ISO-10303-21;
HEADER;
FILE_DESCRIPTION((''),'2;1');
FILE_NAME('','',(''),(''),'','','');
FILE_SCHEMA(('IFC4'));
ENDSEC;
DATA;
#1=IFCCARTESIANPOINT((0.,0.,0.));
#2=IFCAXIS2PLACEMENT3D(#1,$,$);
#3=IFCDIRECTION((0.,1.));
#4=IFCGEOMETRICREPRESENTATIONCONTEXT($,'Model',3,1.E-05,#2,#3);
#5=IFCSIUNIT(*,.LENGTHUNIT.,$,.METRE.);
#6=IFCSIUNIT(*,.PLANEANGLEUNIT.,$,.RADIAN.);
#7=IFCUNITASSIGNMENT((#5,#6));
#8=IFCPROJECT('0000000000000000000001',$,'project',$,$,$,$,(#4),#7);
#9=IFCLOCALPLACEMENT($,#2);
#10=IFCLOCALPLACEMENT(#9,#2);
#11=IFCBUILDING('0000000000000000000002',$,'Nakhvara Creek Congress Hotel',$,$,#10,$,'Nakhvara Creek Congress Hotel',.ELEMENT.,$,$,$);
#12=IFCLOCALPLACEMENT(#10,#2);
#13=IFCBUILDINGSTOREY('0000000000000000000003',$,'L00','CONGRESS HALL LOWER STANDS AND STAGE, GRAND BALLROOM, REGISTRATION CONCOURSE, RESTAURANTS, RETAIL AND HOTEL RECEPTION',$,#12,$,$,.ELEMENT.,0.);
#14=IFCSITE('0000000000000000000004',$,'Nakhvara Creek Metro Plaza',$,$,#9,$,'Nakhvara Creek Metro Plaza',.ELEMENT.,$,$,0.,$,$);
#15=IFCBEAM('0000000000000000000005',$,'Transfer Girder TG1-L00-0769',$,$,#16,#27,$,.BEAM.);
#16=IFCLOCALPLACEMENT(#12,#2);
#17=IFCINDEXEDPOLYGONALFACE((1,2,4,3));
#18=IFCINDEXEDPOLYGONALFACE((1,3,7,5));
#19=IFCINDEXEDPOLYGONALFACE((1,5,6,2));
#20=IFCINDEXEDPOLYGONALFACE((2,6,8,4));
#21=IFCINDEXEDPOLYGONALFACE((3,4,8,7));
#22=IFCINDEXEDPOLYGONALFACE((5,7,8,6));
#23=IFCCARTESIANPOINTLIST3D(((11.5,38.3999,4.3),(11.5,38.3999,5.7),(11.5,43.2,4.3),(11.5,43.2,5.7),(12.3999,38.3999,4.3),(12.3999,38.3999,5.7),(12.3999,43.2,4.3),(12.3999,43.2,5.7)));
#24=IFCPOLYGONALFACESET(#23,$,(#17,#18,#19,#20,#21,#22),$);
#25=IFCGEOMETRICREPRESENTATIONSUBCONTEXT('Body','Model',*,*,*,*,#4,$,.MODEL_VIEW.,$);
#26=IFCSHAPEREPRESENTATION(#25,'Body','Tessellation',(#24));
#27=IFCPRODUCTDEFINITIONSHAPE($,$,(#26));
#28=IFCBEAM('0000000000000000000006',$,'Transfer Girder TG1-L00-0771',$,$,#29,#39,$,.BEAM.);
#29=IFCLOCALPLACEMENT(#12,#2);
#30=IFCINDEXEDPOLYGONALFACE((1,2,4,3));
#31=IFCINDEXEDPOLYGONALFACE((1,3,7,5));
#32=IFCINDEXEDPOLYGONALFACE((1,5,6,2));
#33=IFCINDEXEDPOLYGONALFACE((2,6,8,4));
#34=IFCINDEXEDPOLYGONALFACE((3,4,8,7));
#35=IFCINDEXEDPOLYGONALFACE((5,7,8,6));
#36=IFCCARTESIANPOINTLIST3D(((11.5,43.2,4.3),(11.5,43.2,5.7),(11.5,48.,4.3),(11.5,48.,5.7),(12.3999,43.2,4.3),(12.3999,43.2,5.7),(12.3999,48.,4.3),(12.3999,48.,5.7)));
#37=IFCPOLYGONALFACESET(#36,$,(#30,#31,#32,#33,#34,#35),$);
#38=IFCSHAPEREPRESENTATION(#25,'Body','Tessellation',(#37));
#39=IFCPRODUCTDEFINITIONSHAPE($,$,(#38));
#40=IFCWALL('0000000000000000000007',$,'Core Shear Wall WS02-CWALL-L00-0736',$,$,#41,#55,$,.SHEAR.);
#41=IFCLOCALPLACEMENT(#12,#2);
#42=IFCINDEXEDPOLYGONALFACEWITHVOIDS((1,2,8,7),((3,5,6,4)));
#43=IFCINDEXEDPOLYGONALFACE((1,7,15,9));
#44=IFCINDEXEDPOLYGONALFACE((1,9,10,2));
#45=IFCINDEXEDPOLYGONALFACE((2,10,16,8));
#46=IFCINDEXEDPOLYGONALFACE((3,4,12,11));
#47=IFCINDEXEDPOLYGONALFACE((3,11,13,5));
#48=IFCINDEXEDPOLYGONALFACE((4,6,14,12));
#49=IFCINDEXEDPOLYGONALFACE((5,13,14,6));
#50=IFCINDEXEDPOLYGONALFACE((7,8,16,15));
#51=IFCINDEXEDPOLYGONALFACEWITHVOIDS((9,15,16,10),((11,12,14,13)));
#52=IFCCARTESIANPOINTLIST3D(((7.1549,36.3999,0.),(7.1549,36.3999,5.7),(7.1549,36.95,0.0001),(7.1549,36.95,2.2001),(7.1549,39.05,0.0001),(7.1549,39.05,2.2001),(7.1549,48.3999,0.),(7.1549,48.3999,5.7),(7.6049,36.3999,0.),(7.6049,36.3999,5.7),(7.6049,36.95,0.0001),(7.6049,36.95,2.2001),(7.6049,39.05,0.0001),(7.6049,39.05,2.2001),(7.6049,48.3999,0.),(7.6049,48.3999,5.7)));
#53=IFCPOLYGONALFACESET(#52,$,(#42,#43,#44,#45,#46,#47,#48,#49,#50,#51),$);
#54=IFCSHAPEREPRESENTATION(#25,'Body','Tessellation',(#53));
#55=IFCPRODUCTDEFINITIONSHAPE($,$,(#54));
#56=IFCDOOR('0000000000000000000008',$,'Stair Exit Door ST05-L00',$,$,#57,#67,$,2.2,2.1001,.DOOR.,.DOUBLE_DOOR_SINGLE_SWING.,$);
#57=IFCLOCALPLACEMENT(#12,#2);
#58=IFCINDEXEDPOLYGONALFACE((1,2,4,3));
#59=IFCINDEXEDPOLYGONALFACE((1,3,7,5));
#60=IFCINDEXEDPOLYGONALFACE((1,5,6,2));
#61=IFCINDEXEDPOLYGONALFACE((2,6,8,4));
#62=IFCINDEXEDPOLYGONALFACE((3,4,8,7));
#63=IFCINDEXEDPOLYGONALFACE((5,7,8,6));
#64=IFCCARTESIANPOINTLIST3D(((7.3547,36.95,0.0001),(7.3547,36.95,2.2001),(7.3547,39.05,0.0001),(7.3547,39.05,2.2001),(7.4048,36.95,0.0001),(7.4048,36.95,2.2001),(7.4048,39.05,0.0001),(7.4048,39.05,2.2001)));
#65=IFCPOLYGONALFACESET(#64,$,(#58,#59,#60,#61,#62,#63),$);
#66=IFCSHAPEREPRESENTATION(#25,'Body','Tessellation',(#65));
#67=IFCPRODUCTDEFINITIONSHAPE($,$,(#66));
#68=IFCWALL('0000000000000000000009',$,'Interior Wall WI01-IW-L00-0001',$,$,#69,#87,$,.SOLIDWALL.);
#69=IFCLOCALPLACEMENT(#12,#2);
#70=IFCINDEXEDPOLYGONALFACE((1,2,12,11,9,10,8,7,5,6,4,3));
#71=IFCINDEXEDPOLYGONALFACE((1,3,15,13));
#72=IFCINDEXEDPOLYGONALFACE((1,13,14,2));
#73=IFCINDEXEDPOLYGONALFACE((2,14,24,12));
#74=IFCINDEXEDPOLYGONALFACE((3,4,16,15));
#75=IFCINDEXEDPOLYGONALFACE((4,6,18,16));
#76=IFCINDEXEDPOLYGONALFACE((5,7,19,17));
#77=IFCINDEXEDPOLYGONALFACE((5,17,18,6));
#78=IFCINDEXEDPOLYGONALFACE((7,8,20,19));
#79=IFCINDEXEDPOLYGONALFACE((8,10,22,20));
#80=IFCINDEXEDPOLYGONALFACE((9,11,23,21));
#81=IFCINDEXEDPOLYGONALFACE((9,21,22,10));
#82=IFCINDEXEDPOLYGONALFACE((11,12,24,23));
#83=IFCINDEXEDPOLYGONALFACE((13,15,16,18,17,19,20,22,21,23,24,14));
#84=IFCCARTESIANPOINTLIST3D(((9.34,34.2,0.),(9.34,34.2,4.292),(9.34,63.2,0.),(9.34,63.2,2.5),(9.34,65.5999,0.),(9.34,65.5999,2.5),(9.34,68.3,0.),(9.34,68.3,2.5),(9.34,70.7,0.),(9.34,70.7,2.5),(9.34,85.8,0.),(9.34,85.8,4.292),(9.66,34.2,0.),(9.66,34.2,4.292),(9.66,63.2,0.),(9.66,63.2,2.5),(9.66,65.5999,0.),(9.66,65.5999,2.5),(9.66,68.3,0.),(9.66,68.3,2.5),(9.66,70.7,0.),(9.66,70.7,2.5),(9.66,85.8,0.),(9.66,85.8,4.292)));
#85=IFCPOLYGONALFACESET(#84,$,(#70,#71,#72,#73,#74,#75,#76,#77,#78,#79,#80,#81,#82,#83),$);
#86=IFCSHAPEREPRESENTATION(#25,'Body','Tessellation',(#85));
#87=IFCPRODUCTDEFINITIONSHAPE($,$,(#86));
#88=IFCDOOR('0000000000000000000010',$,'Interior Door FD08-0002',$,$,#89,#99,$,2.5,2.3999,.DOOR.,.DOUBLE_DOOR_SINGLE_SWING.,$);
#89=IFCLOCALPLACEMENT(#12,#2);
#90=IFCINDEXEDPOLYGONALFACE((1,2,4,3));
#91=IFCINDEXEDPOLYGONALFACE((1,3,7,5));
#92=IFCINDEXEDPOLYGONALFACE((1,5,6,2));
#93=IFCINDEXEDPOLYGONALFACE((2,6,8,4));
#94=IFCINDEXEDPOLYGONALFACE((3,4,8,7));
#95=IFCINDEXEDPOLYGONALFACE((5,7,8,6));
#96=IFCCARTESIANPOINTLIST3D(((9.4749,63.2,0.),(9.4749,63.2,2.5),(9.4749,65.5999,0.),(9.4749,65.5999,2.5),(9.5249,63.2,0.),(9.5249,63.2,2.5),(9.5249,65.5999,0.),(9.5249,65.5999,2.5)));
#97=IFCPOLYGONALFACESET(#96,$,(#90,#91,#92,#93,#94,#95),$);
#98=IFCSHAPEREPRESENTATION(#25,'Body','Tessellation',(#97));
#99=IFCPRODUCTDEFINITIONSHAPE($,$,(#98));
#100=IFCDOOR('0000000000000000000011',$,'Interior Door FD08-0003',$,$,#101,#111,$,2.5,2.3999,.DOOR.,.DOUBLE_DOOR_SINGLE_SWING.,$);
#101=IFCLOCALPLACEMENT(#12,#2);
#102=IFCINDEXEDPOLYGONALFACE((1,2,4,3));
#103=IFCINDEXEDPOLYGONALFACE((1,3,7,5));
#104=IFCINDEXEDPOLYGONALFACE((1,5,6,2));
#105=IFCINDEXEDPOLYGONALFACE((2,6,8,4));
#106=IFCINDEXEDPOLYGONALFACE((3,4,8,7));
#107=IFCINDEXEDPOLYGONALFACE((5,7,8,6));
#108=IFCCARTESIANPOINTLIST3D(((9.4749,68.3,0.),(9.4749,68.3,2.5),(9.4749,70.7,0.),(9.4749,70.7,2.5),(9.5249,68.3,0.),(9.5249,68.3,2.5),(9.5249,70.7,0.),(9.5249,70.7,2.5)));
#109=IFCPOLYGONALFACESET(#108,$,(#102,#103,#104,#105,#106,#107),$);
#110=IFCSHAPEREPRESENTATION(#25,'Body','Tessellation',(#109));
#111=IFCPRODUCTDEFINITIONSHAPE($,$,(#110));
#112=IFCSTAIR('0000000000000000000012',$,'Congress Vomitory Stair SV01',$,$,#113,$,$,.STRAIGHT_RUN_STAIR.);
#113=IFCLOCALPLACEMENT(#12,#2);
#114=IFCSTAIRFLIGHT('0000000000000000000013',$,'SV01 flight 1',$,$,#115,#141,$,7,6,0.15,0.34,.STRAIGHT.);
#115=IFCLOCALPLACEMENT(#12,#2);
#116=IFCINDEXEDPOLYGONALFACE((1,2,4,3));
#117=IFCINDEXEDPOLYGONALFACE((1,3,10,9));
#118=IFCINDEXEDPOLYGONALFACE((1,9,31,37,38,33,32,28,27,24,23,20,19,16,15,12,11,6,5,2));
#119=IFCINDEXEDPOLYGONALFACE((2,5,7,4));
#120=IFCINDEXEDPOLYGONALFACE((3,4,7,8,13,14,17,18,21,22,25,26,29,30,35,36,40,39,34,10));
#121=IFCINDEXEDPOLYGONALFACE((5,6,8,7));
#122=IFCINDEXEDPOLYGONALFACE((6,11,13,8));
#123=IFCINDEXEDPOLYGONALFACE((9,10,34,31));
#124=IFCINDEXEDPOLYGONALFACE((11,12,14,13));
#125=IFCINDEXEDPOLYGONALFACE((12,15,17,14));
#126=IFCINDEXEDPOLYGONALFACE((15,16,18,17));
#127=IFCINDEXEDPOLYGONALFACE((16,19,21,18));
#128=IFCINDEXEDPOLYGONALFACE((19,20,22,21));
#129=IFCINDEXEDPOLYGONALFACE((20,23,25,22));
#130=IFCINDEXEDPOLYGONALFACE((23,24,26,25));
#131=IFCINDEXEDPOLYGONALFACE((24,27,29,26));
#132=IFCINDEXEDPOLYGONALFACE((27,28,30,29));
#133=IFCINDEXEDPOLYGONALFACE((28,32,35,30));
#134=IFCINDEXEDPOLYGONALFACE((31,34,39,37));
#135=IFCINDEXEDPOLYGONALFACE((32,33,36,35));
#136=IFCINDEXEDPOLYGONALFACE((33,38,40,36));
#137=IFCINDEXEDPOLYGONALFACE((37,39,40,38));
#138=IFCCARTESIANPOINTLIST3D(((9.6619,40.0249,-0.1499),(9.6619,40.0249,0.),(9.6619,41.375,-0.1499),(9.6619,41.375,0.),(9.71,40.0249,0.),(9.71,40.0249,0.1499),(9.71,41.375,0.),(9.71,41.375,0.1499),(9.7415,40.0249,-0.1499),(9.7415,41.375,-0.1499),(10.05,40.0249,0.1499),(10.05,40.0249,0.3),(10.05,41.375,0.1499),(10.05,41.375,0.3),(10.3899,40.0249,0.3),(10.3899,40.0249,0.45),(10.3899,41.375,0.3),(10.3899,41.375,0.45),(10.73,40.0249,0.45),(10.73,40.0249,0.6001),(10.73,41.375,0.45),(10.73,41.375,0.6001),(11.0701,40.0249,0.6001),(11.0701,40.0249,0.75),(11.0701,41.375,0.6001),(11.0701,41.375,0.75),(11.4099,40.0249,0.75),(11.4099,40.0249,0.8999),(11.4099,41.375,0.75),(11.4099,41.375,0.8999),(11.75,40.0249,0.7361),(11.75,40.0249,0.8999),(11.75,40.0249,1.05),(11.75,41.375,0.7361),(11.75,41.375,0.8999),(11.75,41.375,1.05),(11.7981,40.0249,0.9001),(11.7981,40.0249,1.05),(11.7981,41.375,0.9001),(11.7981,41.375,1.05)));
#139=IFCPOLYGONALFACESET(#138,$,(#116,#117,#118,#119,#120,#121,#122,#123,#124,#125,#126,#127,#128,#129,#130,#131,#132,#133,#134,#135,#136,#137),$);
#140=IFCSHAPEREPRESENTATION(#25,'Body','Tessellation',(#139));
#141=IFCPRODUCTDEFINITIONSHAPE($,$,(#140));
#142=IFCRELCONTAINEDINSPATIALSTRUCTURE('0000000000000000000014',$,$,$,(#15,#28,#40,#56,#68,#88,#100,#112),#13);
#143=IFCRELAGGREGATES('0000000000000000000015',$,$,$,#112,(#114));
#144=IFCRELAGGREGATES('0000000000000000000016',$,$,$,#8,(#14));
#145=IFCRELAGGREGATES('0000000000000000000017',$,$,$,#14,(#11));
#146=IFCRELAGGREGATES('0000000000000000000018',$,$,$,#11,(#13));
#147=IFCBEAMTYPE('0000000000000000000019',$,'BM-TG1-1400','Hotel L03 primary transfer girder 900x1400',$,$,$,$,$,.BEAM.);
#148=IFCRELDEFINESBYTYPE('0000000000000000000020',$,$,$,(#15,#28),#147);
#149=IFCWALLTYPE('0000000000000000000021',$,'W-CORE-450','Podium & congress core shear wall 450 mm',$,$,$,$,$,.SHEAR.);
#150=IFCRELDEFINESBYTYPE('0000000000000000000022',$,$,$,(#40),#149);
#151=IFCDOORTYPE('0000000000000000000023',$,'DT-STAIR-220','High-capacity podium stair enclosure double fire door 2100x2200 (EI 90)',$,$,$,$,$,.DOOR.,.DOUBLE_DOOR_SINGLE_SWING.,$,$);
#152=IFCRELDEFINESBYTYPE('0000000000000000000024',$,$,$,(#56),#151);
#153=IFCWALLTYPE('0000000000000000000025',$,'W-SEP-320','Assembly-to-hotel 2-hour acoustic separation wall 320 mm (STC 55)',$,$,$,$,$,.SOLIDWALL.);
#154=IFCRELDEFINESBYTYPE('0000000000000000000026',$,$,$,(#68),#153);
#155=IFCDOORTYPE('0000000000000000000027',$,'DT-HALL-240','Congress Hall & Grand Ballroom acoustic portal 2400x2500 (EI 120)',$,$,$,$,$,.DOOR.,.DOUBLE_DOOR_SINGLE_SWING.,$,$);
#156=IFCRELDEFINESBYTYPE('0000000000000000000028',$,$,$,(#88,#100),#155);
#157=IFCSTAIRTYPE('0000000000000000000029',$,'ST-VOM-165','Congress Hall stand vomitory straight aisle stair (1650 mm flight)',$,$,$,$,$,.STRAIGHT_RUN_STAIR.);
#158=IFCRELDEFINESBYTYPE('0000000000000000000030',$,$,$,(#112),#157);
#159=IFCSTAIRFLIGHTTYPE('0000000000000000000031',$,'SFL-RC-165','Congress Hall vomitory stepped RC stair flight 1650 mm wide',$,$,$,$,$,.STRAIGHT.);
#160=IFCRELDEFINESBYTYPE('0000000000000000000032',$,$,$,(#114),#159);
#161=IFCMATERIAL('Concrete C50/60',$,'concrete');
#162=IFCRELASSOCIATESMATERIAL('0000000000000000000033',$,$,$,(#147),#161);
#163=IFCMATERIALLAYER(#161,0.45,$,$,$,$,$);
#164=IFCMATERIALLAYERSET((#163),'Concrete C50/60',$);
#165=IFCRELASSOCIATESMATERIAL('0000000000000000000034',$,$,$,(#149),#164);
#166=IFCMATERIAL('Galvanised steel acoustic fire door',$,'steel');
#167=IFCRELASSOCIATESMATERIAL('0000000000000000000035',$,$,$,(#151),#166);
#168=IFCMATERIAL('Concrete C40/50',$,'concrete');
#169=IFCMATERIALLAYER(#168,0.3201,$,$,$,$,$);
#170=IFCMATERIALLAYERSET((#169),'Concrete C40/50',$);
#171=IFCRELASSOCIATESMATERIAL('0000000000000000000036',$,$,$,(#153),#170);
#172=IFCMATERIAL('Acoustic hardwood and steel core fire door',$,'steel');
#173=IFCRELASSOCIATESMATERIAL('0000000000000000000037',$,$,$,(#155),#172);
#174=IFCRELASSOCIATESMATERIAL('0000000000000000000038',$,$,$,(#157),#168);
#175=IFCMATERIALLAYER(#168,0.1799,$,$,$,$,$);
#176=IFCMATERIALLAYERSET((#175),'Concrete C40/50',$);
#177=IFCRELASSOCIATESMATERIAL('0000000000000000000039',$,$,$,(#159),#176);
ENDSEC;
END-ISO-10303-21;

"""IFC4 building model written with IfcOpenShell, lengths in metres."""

from ifc_helpers import new_model, si_unit, direction, frame, frame_2d, origin, origin_2d, place, context, subcontext, project, spatial, polyline, rectangle, outline, extrude, material, layer, layer_set, material_profile, profile_set, type_object, element, fill, aggregate, save


model = new_model("IFC4")

# Units and contexts
model_context = context("Model", 3, precision=1e-05, world=origin(), true_north=direction((0.0, 1.0)))
body_context = subcontext(model_context, "Body", "Model", "MODEL_VIEW")
ifc_project = project(units=[si_unit("LENGTHUNIT", "METRE"), si_unit("PLANEANGLEUNIT", "RADIAN")], contexts=[model_context])

# Site, building, storey
site_placement = place(None, origin())
site = spatial("IfcSite", under=ifc_project, at=site_placement, Name="Nakhvara Creek Metro Plaza", LongName="Nakhvara Creek Metro Plaza", CompositionType="ELEMENT", RefElevation=0.0)
building_placement = place(site_placement, origin())
building = spatial("IfcBuilding", under=site, at=building_placement, Name="Nakhvara Creek Congress Hotel", LongName="Nakhvara Creek Congress Hotel", CompositionType="ELEMENT")
storey_placement = place(building_placement, origin())
storey = spatial("IfcBuildingStorey", under=building, at=storey_placement, Name="L00", Description="CONGRESS HALL LOWER STANDS AND STAGE, GRAND BALLROOM, REGISTRATION CONCOURSE, RESTAURANTS, RETAIL AND HOTEL RECEPTION", CompositionType="ELEMENT", Elevation=0.0)

# Shared definitions
ifc_material_1 = material(Name="Concrete C50/60", Category="concrete")

# Beams
ifc_material_profile_1 = material_profile(ifc_material_1, rectangle(XDim=0.8999, YDim=1.3999, at=origin_2d()), Name="RC-TG 900x1400", Category="LoadBearing")
ifc_profile_set_1 = profile_set([ifc_material_profile_1], Name="Concrete C50/60")
beam_type_1 = type_object("IfcBeamType", Name="BM-TG1-1400", Description="Hotel L03 primary transfer girder 900x1400", PredefinedType="BEAM", material=ifc_profile_set_1)
for number, where, z_axis, x_axis, name in (
    (1, (11.95, 38.3999, 5.0), (0.0, 1.0, 0.0), (-1.0, 0.0, 0.0), "Transfer Girder TG1-L00-0769"),
    (2, (11.95, 43.2, 5.0), (0.0, 1.0, 0.0), (-1.0, 0.0, 0.0), "Transfer Girder TG1-L00-0771"),
):
    element("IfcBeam", number, at=place(storey_placement, frame(where, z_axis=z_axis, x_axis=x_axis)), inside=storey, type_object=beam_type_1, Name=name, PredefinedType="BEAM", context=body_context, shape_type="SweptSolid", body=[
        extrude(rectangle(XDim=0.8999, YDim=1.3999, at=origin_2d()), origin(), (0.0, 0.0, 1.0), 4.8),
    ])

# Wall, opening, door
ifc_layer_1 = layer(ifc_material_1, 0.45)
ifc_layer_set_1 = layer_set([ifc_layer_1], Name="Concrete C50/60")
wall_type_1 = type_object("IfcWallType", Name="W-CORE-450", Description="Podium & congress core shear wall 450 mm", PredefinedType="SHEAR", material=ifc_layer_set_1)
wall_1_placement = place(storey_placement, frame((7.3799, 36.3999, 0.0), z_axis=(0.0, 0.0, 1.0), x_axis=(0.0, 1.0, 0.0)))
wall_1 = element("IfcWall", 3, at=wall_1_placement, inside=storey, type_object=wall_type_1, Name="Core Shear Wall WS02-CWALL-L00-0736", PredefinedType="SHEAR", context=body_context, shape_type="SweptSolid", body=[
    extrude(rectangle(XDim=12.0, YDim=0.45, at=frame_2d((6.0, 0.0))), origin(), (0.0, 0.0, 1.0), 5.7),
])
opening_1_placement = place(wall_1_placement, frame((0.55, 0.0, 0.0)))
opening_1 = element("IfcOpeningElement", 4, at=opening_1_placement, cuts=wall_1, PredefinedType="OPENING", context=body_context, shape_type="SweptSolid", body=[
    extrude(rectangle(XDim=2.1001, YDim=2.2, at=frame_2d((1.05, 1.1001))), frame((0.0, 0.2368, 0.0), z_axis=(0.0, -1.0, 0.0), x_axis=(1.0, 0.0, 0.0)), (0.0, 0.0, 1.0), 0.4739),
])
ifc_material_2 = material(Name="Galvanised steel acoustic fire door", Category="steel")
door_type_1 = type_object("IfcDoorType", Name="DT-STAIR-220", Description="High-capacity podium stair enclosure double fire door 2100x2200 (EI 90)", OperationType="DOUBLE_DOOR_SINGLE_SWING", PredefinedType="DOOR", material=ifc_material_2)
door_1_placement = place(opening_1_placement, frame((2.1001, 0.0, 0.0), z_axis=(0.0, 0.0, 1.0), x_axis=(-1.0, 0.0, 0.0)))
door_1 = element("IfcDoor", 5, at=door_1_placement, inside=storey, type_object=door_type_1, Name="Stair Exit Door ST05-L00", OperationType="DOUBLE_DOOR_SINGLE_SWING", OverallHeight=2.2, OverallWidth=2.1001, PredefinedType="DOOR", context=body_context, shape_type="SweptSolid", body=[
    extrude(rectangle(XDim=2.1001, YDim=2.2, at=frame_2d((1.05, 1.1001))), frame((0.0, 0.0249, 0.0), z_axis=(0.0, -1.0, 0.0), x_axis=(1.0, 0.0, 0.0)), (0.0, 0.0, 1.0), 0.05),
])
fill(opening_1, door_1)

# Wall, openings, doors
ifc_material_3 = material(Name="Concrete C40/50", Category="concrete")
ifc_layer_2 = layer(ifc_material_3, 0.3201)
ifc_layer_set_2 = layer_set([ifc_layer_2], Name="Concrete C40/50")
wall_type_2 = type_object("IfcWallType", Name="W-SEP-320", Description="Assembly-to-hotel 2-hour acoustic separation wall 320 mm (STC 55)", PredefinedType="SOLIDWALL", material=ifc_layer_set_2)
wall_2_placement = place(storey_placement, frame((9.5, 34.2, 0.0), z_axis=(0.0, 0.0, 1.0), x_axis=(0.0, 1.0, 0.0)))
wall_2 = element("IfcWall", 6, at=wall_2_placement, inside=storey, type_object=wall_type_2, Name="Interior Wall WI01-IW-L00-0001", PredefinedType="SOLIDWALL", context=body_context, shape_type="SweptSolid", body=[
    extrude(rectangle(XDim=51.6001, YDim=0.3201, at=frame_2d((25.8, 0.0))), origin(), (0.0, 0.0, 1.0), 4.292),
])
opening_2_placement = place(wall_2_placement, frame((29.0, 0.0, 0.0)))
opening_2 = element("IfcOpeningElement", 7, at=opening_2_placement, cuts=wall_2, PredefinedType="OPENING", context=body_context, shape_type="SweptSolid", body=[
    extrude(rectangle(XDim=2.3999, YDim=2.5, at=frame_2d((1.2, 1.25))), frame((0.0, 0.1719, 0.0), z_axis=(0.0, -1.0, 0.0), x_axis=(1.0, 0.0, 0.0)), (0.0, 0.0, 1.0), 0.344),
])
opening_3_placement = place(wall_2_placement, frame((34.1001, 0.0, 0.0)))
opening_3 = element("IfcOpeningElement", 8, at=opening_3_placement, cuts=wall_2, PredefinedType="OPENING", context=body_context, shape_type="SweptSolid", body=[
    extrude(rectangle(XDim=2.3999, YDim=2.5, at=frame_2d((1.2, 1.25))), frame((0.0, 0.1719, 0.0), z_axis=(0.0, -1.0, 0.0), x_axis=(1.0, 0.0, 0.0)), (0.0, 0.0, 1.0), 0.344),
])
ifc_material_4 = material(Name="Acoustic hardwood and steel core fire door", Category="steel")
door_type_2 = type_object("IfcDoorType", Name="DT-HALL-240", Description="Congress Hall & Grand Ballroom acoustic portal 2400x2500 (EI 120)", OperationType="DOUBLE_DOOR_SINGLE_SWING", PredefinedType="DOOR", material=ifc_material_4)
door_2_placement = place(opening_2_placement, frame((2.3999, 0.0, 0.0), z_axis=(0.0, 0.0, 1.0), x_axis=(-1.0, 0.0, 0.0)))
door_2 = element("IfcDoor", 9, at=door_2_placement, inside=storey, type_object=door_type_2, Name="Interior Door FD08-0002", OperationType="DOUBLE_DOOR_SINGLE_SWING", OverallHeight=2.5, OverallWidth=2.3999, PredefinedType="DOOR", context=body_context, shape_type="SweptSolid", body=[
    extrude(rectangle(XDim=2.3999, YDim=2.5, at=frame_2d((1.2, 1.25))), frame((0.0, 0.0249, 0.0), z_axis=(0.0, -1.0, 0.0), x_axis=(1.0, 0.0, 0.0)), (0.0, 0.0, 1.0), 0.05),
])
fill(opening_2, door_2)
door_3_placement = place(opening_3_placement, frame((2.3999, 0.0, 0.0), z_axis=(0.0, 0.0, 1.0), x_axis=(-1.0, 0.0, 0.0)))
door_3 = element("IfcDoor", 10, at=door_3_placement, inside=storey, type_object=door_type_2, Name="Interior Door FD08-0003", OperationType="DOUBLE_DOOR_SINGLE_SWING", OverallHeight=2.5, OverallWidth=2.3999, PredefinedType="DOOR", context=body_context, shape_type="SweptSolid", body=[
    extrude(rectangle(XDim=2.3999, YDim=2.5, at=frame_2d((1.2, 1.25))), frame((0.0, 0.0249, 0.0), z_axis=(0.0, -1.0, 0.0), x_axis=(1.0, 0.0, 0.0)), (0.0, 0.0, 1.0), 0.05),
])
fill(opening_3, door_3)

# Stair, stair flight
stair_type_1 = type_object("IfcStairType", Name="ST-VOM-165", Description="Congress Hall stand vomitory straight aisle stair (1650 mm flight)", PredefinedType="STRAIGHT_RUN_STAIR", material=ifc_material_3)
stair_1_placement = place(storey_placement, origin())
stair_1 = element("IfcStair", 11, at=stair_1_placement, inside=storey, type_object=stair_type_1, Name="Congress Vomitory Stair SV01", PredefinedType="STRAIGHT_RUN_STAIR")
ifc_layer_3 = layer(ifc_material_3, 0.1799)
ifc_layer_set_3 = layer_set([ifc_layer_3], Name="Concrete C40/50")
stair_flight_type_1 = type_object("IfcStairFlightType", Name="SFL-RC-165", Description="Congress Hall vomitory stepped RC stair flight 1650 mm wide", PredefinedType="STRAIGHT", material=ifc_layer_set_3)
stair_flight_1_placement = place(storey_placement, frame((9.71, 40.7, 0.0), z_axis=(0.0, 0.0, 1.0), x_axis=(1.0, 0.0, 0.0)))
stair_flight_1 = element("IfcStairFlight", 12, at=stair_flight_1_placement, type_object=stair_flight_type_1, Name="SV01 flight 1", NumberOfRisers=7, NumberOfTreads=6, PredefinedType="STRAIGHT", RiserHeight=0.15, TreadLength=0.34, context=body_context, shape_type="SweptSolid", body=[
    extrude(outline(polyline([(-0.0481, 0.0), (0.0, 0.0), (0.0, 0.1499), (0.3401, 0.1499), (0.3401, 0.3), (0.6799, 0.3), (0.6799, 0.45), (1.02, 0.45), (1.02, 0.6001), (1.3601, 0.6001), (1.3601, 0.75), (1.7, 0.75), (1.7, 0.8999), (2.04, 0.8999), (2.04, 1.05), (2.0881, 1.05), (2.0881, 0.9001), (2.04, 0.7361), (0.0315, -0.1499), (-0.0481, -0.1499), (-0.0481, 0.0)])), frame((0.0, 0.675, 0.0), z_axis=(0.0, -1.0, 0.0), x_axis=(1.0, 0.0, 0.0)), (0.0, 0.0, 1.0), 1.3501),
])
aggregate(stair_1, [stair_flight_1])

save(model, "model.ifc")
